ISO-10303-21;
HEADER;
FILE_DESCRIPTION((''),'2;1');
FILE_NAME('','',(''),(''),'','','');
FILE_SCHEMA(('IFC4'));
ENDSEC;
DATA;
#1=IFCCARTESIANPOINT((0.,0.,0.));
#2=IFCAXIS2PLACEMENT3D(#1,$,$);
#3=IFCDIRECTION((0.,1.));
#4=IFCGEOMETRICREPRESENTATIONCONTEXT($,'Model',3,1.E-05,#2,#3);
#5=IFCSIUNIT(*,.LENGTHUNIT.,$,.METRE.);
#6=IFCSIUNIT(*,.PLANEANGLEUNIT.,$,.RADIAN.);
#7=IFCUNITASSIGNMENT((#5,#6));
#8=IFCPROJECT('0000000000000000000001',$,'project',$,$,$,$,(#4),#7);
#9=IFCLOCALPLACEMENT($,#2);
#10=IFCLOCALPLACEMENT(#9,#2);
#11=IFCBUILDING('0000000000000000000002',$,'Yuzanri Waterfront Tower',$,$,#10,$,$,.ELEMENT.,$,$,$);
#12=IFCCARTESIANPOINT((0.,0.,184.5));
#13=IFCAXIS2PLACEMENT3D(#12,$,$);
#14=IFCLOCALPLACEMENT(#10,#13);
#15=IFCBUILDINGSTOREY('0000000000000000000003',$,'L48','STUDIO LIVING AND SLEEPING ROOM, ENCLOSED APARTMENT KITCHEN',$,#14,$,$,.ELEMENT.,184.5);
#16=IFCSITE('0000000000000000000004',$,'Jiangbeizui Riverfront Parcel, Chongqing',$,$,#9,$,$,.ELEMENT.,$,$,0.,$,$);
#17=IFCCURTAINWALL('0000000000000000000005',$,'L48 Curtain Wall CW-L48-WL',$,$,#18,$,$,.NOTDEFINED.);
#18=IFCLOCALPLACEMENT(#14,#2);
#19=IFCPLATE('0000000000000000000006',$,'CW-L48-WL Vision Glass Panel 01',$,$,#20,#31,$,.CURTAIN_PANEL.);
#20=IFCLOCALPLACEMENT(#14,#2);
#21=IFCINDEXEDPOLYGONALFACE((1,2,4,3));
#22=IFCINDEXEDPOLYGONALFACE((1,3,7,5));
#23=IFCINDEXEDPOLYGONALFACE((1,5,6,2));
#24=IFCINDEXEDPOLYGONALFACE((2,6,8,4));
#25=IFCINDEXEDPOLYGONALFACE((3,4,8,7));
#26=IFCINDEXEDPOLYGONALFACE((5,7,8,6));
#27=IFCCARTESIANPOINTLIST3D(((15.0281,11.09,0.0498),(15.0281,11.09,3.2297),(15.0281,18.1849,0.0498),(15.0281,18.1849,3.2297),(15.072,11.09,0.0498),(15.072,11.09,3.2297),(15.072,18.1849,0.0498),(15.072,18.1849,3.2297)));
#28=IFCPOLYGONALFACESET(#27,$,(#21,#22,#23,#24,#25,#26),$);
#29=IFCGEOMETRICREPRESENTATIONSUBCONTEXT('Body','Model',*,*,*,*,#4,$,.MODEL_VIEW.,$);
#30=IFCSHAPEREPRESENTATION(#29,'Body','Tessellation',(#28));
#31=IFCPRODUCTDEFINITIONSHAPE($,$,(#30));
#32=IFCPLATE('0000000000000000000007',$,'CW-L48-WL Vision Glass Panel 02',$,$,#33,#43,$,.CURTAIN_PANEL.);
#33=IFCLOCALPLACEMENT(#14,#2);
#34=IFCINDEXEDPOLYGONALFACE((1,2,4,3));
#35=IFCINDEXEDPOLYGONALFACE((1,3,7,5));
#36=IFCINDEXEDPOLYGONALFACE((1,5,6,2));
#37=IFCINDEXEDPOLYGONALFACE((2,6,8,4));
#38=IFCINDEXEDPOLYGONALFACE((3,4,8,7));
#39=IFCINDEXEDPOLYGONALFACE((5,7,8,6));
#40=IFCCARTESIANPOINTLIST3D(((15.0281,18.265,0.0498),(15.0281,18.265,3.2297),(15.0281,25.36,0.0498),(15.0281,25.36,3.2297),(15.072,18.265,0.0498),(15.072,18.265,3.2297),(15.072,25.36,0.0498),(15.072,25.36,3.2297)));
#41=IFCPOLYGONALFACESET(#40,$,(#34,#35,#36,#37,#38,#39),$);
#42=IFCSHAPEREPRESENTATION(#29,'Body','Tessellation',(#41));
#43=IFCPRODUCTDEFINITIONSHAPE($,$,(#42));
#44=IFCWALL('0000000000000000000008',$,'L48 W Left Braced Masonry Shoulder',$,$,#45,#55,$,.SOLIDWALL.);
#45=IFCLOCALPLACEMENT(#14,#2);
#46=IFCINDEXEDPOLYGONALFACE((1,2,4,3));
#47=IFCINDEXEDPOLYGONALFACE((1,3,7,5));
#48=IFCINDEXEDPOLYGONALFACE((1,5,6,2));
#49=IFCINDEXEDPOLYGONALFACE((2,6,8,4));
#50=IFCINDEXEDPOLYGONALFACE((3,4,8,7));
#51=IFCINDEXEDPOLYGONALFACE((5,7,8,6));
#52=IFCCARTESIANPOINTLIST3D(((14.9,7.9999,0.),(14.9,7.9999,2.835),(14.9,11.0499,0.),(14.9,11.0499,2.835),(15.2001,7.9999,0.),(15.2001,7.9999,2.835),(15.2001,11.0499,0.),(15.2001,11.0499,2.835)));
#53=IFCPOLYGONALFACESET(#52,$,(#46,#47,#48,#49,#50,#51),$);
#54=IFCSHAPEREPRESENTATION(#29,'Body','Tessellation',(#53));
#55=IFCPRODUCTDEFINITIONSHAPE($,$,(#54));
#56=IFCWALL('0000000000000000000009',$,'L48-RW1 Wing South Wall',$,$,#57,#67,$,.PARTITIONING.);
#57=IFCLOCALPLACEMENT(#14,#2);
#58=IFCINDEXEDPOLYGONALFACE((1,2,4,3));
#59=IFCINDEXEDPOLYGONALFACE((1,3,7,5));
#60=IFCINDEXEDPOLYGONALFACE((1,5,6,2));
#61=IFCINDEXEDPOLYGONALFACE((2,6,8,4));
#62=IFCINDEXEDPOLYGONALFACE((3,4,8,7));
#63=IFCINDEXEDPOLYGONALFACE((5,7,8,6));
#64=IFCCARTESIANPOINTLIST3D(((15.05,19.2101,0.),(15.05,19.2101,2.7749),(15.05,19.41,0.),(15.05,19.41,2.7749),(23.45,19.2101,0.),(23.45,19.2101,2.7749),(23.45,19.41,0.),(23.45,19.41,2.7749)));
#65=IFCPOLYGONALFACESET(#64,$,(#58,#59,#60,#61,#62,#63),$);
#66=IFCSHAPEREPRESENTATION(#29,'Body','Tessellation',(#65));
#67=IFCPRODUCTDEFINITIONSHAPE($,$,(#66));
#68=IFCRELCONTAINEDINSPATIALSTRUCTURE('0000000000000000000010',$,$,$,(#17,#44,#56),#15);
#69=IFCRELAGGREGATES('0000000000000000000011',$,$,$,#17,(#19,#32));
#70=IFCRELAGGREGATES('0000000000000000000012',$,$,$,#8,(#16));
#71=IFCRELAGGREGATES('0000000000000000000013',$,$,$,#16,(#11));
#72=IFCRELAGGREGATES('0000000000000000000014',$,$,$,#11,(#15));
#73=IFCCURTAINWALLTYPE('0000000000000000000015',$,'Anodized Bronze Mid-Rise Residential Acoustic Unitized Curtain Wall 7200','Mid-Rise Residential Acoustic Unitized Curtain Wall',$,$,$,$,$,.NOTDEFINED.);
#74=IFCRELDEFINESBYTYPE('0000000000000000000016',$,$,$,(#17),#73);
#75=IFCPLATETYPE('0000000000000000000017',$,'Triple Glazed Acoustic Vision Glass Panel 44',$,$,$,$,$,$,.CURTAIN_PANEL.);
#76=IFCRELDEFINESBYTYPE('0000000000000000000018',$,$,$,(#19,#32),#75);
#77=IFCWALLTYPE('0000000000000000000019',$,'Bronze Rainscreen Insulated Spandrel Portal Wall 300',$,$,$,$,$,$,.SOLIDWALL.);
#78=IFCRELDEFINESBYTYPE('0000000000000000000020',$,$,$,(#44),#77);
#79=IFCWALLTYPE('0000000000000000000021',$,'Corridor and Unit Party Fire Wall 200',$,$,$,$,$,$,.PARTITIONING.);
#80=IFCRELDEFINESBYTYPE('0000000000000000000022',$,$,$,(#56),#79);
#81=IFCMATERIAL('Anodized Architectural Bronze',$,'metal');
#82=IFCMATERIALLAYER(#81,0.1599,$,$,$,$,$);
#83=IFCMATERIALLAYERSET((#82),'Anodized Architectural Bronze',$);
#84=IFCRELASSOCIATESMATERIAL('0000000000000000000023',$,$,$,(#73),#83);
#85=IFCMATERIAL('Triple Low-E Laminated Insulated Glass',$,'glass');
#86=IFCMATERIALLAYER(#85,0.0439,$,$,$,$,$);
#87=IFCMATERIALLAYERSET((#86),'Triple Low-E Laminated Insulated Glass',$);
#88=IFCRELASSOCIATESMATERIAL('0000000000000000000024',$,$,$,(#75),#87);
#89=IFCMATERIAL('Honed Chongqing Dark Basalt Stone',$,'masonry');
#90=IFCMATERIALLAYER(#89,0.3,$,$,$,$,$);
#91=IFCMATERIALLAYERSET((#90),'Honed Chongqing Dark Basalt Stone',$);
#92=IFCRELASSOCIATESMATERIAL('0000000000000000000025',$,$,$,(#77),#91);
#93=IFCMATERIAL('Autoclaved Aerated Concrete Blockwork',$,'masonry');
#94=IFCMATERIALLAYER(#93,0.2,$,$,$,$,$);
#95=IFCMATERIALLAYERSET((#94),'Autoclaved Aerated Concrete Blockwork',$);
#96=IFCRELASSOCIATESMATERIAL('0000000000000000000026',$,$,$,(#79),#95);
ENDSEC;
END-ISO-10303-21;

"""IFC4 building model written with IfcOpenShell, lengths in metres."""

from ifc_helpers import new_model, si_unit, direction, frame, frame_2d, origin, origin_2d, place, context, subcontext, project, spatial, rectangle, extrude, source, transform, mapped, material, layer, layer_set, type_object, element, aggregate, save


model = new_model("IFC4")

# Units and contexts
model_context = context("Model", 3, precision=1e-05, world=origin(), true_north=direction((0.0, 1.0)))
body_context = subcontext(model_context, "Body", "Model", "MODEL_VIEW")
ifc_project = project(units=[si_unit("LENGTHUNIT", "METRE"), si_unit("PLANEANGLEUNIT", "RADIAN")], contexts=[model_context])

# Site, building, storey
site_placement = place(None, origin())
site = spatial("IfcSite", under=ifc_project, at=site_placement, Name="Jiangbeizui Riverfront Parcel, Chongqing", CompositionType="ELEMENT", RefElevation=0.0)
building_placement = place(site_placement, origin())
building = spatial("IfcBuilding", under=site, at=building_placement, Name="Yuzanri Waterfront Tower", CompositionType="ELEMENT")
storey_placement = place(building_placement, frame((0.0, 0.0, 184.5)))
storey = spatial("IfcBuildingStorey", under=building, at=storey_placement, Name="L48", Description="STUDIO LIVING AND SLEEPING ROOM, ENCLOSED APARTMENT KITCHEN", CompositionType="ELEMENT", Elevation=184.5)

# Curtain wall
ifc_material_1 = material(Name="Anodized Architectural Bronze", Category="metal")
ifc_layer_1 = layer(ifc_material_1, 0.1599)
ifc_layer_set_1 = layer_set([ifc_layer_1], Name="Anodized Architectural Bronze")
curtain_wall_type = type_object("IfcCurtainWallType", Name="Anodized Bronze Mid-Rise Residential Acoustic Unitized Curtain Wall 7200", Description="Mid-Rise Residential Acoustic Unitized Curtain Wall", PredefinedType="NOTDEFINED", material=ifc_layer_set_1)
curtain_wall_placement = place(storey_placement, origin())
curtain_wall = element("IfcCurtainWall", 1, at=curtain_wall_placement, inside=storey, type_object=curtain_wall_type, Name="L48 Curtain Wall CW-L48-WL", PredefinedType="NOTDEFINED")

# Plates
ifc_material_2 = material(Name="Triple Low-E Laminated Insulated Glass", Category="glass")
ifc_layer_2 = layer(ifc_material_2, 0.0439)
ifc_layer_set_2 = layer_set([ifc_layer_2], Name="Triple Low-E Laminated Insulated Glass")
plate_type_1 = type_object("IfcPlateType", Name="Triple Glazed Acoustic Vision Glass Panel 44", PredefinedType="CURTAIN_PANEL", material=ifc_layer_set_2)
shared_shape_1 = source(origin(), body_context, "Body", "SweptSolid", [
    extrude(rectangle(XDim=7.095, YDim=0.0439, at=origin_2d()), origin(), (0.0, 0.0, 1.0), 3.1799),
])
plate_1_placement = place(storey_placement, frame((15.05, 14.6375, 0.0498), z_axis=(0.0, 0.0, 1.0), x_axis=(0.0, 1.0, 0.0)))
plate_1 = element("IfcPlate", 2, at=plate_1_placement, type_object=plate_type_1, Name="CW-L48-WL Vision Glass Panel 01", PredefinedType="CURTAIN_PANEL", context=body_context, shape_type="MappedRepresentation", body=[
    mapped(shared_shape_1, transform((0.0, 0.0, 0.0), scale=1.0)),
])
plate_2_placement = place(storey_placement, frame((15.05, 21.8125, 0.0498), z_axis=(0.0, 0.0, 1.0), x_axis=(0.0, 1.0, 0.0)))
plate_2 = element("IfcPlate", 3, at=plate_2_placement, type_object=plate_type_1, Name="CW-L48-WL Vision Glass Panel 02", PredefinedType="CURTAIN_PANEL", context=body_context, shape_type="MappedRepresentation", body=[
    mapped(shared_shape_1, transform((0.0, 0.0, 0.0), scale=1.0)),
])
aggregate(curtain_wall, [plate_1, plate_2])

# Walls
ifc_material_3 = material(Name="Honed Chongqing Dark Basalt Stone", Category="masonry")
ifc_layer_3 = layer(ifc_material_3, 0.3)
ifc_layer_set_3 = layer_set([ifc_layer_3], Name="Honed Chongqing Dark Basalt Stone")
wall_type_1 = type_object("IfcWallType", Name="Bronze Rainscreen Insulated Spandrel Portal Wall 300", PredefinedType="SOLIDWALL", material=ifc_layer_set_3)
shared_shape_2 = source(origin(), body_context, "Body", "SweptSolid", [
    extrude(rectangle(XDim=3.05, YDim=0.3, at=frame_2d((1.5249, 0.0))), origin(), (0.0, 0.0, 1.0), 2.835),
])
wall_1_placement = place(storey_placement, frame((15.05, 8.0, 0.0), z_axis=(0.0, 0.0, 1.0), x_axis=(0.0, 1.0, 0.0)))
element("IfcWall", 4, at=wall_1_placement, inside=storey, type_object=wall_type_1, Name="L48 W Left Braced Masonry Shoulder", PredefinedType="SOLIDWALL", context=body_context, shape_type="MappedRepresentation", body=[
    mapped(shared_shape_2, transform((0.0, 0.0, 0.0), scale=1.0)),
])
ifc_material_4 = material(Name="Autoclaved Aerated Concrete Blockwork", Category="masonry")
ifc_layer_4 = layer(ifc_material_4, 0.2)
ifc_layer_set_4 = layer_set([ifc_layer_4], Name="Autoclaved Aerated Concrete Blockwork")
wall_type_2 = type_object("IfcWallType", Name="Corridor and Unit Party Fire Wall 200", PredefinedType="PARTITIONING", material=ifc_layer_set_4)
shared_shape_3 = source(origin(), body_context, "Body", "SweptSolid", [
    extrude(rectangle(XDim=8.3999, YDim=0.2, at=frame_2d((4.2, 0.0))), origin(), (0.0, 0.0, 1.0), 2.7749),
])
wall_2_placement = place(storey_placement, frame((15.05, 19.3101, 0.0), z_axis=(0.0, 0.0, 1.0), x_axis=(1.0, 0.0, 0.0)))
element("IfcWall", 5, at=wall_2_placement, inside=storey, type_object=wall_type_2, Name="L48-RW1 Wing South Wall", PredefinedType="PARTITIONING", context=body_context, shape_type="MappedRepresentation", body=[
    mapped(shared_shape_3, transform((0.0, 0.0, 0.0), scale=1.0)),
])

save(model, "model.ifc")
